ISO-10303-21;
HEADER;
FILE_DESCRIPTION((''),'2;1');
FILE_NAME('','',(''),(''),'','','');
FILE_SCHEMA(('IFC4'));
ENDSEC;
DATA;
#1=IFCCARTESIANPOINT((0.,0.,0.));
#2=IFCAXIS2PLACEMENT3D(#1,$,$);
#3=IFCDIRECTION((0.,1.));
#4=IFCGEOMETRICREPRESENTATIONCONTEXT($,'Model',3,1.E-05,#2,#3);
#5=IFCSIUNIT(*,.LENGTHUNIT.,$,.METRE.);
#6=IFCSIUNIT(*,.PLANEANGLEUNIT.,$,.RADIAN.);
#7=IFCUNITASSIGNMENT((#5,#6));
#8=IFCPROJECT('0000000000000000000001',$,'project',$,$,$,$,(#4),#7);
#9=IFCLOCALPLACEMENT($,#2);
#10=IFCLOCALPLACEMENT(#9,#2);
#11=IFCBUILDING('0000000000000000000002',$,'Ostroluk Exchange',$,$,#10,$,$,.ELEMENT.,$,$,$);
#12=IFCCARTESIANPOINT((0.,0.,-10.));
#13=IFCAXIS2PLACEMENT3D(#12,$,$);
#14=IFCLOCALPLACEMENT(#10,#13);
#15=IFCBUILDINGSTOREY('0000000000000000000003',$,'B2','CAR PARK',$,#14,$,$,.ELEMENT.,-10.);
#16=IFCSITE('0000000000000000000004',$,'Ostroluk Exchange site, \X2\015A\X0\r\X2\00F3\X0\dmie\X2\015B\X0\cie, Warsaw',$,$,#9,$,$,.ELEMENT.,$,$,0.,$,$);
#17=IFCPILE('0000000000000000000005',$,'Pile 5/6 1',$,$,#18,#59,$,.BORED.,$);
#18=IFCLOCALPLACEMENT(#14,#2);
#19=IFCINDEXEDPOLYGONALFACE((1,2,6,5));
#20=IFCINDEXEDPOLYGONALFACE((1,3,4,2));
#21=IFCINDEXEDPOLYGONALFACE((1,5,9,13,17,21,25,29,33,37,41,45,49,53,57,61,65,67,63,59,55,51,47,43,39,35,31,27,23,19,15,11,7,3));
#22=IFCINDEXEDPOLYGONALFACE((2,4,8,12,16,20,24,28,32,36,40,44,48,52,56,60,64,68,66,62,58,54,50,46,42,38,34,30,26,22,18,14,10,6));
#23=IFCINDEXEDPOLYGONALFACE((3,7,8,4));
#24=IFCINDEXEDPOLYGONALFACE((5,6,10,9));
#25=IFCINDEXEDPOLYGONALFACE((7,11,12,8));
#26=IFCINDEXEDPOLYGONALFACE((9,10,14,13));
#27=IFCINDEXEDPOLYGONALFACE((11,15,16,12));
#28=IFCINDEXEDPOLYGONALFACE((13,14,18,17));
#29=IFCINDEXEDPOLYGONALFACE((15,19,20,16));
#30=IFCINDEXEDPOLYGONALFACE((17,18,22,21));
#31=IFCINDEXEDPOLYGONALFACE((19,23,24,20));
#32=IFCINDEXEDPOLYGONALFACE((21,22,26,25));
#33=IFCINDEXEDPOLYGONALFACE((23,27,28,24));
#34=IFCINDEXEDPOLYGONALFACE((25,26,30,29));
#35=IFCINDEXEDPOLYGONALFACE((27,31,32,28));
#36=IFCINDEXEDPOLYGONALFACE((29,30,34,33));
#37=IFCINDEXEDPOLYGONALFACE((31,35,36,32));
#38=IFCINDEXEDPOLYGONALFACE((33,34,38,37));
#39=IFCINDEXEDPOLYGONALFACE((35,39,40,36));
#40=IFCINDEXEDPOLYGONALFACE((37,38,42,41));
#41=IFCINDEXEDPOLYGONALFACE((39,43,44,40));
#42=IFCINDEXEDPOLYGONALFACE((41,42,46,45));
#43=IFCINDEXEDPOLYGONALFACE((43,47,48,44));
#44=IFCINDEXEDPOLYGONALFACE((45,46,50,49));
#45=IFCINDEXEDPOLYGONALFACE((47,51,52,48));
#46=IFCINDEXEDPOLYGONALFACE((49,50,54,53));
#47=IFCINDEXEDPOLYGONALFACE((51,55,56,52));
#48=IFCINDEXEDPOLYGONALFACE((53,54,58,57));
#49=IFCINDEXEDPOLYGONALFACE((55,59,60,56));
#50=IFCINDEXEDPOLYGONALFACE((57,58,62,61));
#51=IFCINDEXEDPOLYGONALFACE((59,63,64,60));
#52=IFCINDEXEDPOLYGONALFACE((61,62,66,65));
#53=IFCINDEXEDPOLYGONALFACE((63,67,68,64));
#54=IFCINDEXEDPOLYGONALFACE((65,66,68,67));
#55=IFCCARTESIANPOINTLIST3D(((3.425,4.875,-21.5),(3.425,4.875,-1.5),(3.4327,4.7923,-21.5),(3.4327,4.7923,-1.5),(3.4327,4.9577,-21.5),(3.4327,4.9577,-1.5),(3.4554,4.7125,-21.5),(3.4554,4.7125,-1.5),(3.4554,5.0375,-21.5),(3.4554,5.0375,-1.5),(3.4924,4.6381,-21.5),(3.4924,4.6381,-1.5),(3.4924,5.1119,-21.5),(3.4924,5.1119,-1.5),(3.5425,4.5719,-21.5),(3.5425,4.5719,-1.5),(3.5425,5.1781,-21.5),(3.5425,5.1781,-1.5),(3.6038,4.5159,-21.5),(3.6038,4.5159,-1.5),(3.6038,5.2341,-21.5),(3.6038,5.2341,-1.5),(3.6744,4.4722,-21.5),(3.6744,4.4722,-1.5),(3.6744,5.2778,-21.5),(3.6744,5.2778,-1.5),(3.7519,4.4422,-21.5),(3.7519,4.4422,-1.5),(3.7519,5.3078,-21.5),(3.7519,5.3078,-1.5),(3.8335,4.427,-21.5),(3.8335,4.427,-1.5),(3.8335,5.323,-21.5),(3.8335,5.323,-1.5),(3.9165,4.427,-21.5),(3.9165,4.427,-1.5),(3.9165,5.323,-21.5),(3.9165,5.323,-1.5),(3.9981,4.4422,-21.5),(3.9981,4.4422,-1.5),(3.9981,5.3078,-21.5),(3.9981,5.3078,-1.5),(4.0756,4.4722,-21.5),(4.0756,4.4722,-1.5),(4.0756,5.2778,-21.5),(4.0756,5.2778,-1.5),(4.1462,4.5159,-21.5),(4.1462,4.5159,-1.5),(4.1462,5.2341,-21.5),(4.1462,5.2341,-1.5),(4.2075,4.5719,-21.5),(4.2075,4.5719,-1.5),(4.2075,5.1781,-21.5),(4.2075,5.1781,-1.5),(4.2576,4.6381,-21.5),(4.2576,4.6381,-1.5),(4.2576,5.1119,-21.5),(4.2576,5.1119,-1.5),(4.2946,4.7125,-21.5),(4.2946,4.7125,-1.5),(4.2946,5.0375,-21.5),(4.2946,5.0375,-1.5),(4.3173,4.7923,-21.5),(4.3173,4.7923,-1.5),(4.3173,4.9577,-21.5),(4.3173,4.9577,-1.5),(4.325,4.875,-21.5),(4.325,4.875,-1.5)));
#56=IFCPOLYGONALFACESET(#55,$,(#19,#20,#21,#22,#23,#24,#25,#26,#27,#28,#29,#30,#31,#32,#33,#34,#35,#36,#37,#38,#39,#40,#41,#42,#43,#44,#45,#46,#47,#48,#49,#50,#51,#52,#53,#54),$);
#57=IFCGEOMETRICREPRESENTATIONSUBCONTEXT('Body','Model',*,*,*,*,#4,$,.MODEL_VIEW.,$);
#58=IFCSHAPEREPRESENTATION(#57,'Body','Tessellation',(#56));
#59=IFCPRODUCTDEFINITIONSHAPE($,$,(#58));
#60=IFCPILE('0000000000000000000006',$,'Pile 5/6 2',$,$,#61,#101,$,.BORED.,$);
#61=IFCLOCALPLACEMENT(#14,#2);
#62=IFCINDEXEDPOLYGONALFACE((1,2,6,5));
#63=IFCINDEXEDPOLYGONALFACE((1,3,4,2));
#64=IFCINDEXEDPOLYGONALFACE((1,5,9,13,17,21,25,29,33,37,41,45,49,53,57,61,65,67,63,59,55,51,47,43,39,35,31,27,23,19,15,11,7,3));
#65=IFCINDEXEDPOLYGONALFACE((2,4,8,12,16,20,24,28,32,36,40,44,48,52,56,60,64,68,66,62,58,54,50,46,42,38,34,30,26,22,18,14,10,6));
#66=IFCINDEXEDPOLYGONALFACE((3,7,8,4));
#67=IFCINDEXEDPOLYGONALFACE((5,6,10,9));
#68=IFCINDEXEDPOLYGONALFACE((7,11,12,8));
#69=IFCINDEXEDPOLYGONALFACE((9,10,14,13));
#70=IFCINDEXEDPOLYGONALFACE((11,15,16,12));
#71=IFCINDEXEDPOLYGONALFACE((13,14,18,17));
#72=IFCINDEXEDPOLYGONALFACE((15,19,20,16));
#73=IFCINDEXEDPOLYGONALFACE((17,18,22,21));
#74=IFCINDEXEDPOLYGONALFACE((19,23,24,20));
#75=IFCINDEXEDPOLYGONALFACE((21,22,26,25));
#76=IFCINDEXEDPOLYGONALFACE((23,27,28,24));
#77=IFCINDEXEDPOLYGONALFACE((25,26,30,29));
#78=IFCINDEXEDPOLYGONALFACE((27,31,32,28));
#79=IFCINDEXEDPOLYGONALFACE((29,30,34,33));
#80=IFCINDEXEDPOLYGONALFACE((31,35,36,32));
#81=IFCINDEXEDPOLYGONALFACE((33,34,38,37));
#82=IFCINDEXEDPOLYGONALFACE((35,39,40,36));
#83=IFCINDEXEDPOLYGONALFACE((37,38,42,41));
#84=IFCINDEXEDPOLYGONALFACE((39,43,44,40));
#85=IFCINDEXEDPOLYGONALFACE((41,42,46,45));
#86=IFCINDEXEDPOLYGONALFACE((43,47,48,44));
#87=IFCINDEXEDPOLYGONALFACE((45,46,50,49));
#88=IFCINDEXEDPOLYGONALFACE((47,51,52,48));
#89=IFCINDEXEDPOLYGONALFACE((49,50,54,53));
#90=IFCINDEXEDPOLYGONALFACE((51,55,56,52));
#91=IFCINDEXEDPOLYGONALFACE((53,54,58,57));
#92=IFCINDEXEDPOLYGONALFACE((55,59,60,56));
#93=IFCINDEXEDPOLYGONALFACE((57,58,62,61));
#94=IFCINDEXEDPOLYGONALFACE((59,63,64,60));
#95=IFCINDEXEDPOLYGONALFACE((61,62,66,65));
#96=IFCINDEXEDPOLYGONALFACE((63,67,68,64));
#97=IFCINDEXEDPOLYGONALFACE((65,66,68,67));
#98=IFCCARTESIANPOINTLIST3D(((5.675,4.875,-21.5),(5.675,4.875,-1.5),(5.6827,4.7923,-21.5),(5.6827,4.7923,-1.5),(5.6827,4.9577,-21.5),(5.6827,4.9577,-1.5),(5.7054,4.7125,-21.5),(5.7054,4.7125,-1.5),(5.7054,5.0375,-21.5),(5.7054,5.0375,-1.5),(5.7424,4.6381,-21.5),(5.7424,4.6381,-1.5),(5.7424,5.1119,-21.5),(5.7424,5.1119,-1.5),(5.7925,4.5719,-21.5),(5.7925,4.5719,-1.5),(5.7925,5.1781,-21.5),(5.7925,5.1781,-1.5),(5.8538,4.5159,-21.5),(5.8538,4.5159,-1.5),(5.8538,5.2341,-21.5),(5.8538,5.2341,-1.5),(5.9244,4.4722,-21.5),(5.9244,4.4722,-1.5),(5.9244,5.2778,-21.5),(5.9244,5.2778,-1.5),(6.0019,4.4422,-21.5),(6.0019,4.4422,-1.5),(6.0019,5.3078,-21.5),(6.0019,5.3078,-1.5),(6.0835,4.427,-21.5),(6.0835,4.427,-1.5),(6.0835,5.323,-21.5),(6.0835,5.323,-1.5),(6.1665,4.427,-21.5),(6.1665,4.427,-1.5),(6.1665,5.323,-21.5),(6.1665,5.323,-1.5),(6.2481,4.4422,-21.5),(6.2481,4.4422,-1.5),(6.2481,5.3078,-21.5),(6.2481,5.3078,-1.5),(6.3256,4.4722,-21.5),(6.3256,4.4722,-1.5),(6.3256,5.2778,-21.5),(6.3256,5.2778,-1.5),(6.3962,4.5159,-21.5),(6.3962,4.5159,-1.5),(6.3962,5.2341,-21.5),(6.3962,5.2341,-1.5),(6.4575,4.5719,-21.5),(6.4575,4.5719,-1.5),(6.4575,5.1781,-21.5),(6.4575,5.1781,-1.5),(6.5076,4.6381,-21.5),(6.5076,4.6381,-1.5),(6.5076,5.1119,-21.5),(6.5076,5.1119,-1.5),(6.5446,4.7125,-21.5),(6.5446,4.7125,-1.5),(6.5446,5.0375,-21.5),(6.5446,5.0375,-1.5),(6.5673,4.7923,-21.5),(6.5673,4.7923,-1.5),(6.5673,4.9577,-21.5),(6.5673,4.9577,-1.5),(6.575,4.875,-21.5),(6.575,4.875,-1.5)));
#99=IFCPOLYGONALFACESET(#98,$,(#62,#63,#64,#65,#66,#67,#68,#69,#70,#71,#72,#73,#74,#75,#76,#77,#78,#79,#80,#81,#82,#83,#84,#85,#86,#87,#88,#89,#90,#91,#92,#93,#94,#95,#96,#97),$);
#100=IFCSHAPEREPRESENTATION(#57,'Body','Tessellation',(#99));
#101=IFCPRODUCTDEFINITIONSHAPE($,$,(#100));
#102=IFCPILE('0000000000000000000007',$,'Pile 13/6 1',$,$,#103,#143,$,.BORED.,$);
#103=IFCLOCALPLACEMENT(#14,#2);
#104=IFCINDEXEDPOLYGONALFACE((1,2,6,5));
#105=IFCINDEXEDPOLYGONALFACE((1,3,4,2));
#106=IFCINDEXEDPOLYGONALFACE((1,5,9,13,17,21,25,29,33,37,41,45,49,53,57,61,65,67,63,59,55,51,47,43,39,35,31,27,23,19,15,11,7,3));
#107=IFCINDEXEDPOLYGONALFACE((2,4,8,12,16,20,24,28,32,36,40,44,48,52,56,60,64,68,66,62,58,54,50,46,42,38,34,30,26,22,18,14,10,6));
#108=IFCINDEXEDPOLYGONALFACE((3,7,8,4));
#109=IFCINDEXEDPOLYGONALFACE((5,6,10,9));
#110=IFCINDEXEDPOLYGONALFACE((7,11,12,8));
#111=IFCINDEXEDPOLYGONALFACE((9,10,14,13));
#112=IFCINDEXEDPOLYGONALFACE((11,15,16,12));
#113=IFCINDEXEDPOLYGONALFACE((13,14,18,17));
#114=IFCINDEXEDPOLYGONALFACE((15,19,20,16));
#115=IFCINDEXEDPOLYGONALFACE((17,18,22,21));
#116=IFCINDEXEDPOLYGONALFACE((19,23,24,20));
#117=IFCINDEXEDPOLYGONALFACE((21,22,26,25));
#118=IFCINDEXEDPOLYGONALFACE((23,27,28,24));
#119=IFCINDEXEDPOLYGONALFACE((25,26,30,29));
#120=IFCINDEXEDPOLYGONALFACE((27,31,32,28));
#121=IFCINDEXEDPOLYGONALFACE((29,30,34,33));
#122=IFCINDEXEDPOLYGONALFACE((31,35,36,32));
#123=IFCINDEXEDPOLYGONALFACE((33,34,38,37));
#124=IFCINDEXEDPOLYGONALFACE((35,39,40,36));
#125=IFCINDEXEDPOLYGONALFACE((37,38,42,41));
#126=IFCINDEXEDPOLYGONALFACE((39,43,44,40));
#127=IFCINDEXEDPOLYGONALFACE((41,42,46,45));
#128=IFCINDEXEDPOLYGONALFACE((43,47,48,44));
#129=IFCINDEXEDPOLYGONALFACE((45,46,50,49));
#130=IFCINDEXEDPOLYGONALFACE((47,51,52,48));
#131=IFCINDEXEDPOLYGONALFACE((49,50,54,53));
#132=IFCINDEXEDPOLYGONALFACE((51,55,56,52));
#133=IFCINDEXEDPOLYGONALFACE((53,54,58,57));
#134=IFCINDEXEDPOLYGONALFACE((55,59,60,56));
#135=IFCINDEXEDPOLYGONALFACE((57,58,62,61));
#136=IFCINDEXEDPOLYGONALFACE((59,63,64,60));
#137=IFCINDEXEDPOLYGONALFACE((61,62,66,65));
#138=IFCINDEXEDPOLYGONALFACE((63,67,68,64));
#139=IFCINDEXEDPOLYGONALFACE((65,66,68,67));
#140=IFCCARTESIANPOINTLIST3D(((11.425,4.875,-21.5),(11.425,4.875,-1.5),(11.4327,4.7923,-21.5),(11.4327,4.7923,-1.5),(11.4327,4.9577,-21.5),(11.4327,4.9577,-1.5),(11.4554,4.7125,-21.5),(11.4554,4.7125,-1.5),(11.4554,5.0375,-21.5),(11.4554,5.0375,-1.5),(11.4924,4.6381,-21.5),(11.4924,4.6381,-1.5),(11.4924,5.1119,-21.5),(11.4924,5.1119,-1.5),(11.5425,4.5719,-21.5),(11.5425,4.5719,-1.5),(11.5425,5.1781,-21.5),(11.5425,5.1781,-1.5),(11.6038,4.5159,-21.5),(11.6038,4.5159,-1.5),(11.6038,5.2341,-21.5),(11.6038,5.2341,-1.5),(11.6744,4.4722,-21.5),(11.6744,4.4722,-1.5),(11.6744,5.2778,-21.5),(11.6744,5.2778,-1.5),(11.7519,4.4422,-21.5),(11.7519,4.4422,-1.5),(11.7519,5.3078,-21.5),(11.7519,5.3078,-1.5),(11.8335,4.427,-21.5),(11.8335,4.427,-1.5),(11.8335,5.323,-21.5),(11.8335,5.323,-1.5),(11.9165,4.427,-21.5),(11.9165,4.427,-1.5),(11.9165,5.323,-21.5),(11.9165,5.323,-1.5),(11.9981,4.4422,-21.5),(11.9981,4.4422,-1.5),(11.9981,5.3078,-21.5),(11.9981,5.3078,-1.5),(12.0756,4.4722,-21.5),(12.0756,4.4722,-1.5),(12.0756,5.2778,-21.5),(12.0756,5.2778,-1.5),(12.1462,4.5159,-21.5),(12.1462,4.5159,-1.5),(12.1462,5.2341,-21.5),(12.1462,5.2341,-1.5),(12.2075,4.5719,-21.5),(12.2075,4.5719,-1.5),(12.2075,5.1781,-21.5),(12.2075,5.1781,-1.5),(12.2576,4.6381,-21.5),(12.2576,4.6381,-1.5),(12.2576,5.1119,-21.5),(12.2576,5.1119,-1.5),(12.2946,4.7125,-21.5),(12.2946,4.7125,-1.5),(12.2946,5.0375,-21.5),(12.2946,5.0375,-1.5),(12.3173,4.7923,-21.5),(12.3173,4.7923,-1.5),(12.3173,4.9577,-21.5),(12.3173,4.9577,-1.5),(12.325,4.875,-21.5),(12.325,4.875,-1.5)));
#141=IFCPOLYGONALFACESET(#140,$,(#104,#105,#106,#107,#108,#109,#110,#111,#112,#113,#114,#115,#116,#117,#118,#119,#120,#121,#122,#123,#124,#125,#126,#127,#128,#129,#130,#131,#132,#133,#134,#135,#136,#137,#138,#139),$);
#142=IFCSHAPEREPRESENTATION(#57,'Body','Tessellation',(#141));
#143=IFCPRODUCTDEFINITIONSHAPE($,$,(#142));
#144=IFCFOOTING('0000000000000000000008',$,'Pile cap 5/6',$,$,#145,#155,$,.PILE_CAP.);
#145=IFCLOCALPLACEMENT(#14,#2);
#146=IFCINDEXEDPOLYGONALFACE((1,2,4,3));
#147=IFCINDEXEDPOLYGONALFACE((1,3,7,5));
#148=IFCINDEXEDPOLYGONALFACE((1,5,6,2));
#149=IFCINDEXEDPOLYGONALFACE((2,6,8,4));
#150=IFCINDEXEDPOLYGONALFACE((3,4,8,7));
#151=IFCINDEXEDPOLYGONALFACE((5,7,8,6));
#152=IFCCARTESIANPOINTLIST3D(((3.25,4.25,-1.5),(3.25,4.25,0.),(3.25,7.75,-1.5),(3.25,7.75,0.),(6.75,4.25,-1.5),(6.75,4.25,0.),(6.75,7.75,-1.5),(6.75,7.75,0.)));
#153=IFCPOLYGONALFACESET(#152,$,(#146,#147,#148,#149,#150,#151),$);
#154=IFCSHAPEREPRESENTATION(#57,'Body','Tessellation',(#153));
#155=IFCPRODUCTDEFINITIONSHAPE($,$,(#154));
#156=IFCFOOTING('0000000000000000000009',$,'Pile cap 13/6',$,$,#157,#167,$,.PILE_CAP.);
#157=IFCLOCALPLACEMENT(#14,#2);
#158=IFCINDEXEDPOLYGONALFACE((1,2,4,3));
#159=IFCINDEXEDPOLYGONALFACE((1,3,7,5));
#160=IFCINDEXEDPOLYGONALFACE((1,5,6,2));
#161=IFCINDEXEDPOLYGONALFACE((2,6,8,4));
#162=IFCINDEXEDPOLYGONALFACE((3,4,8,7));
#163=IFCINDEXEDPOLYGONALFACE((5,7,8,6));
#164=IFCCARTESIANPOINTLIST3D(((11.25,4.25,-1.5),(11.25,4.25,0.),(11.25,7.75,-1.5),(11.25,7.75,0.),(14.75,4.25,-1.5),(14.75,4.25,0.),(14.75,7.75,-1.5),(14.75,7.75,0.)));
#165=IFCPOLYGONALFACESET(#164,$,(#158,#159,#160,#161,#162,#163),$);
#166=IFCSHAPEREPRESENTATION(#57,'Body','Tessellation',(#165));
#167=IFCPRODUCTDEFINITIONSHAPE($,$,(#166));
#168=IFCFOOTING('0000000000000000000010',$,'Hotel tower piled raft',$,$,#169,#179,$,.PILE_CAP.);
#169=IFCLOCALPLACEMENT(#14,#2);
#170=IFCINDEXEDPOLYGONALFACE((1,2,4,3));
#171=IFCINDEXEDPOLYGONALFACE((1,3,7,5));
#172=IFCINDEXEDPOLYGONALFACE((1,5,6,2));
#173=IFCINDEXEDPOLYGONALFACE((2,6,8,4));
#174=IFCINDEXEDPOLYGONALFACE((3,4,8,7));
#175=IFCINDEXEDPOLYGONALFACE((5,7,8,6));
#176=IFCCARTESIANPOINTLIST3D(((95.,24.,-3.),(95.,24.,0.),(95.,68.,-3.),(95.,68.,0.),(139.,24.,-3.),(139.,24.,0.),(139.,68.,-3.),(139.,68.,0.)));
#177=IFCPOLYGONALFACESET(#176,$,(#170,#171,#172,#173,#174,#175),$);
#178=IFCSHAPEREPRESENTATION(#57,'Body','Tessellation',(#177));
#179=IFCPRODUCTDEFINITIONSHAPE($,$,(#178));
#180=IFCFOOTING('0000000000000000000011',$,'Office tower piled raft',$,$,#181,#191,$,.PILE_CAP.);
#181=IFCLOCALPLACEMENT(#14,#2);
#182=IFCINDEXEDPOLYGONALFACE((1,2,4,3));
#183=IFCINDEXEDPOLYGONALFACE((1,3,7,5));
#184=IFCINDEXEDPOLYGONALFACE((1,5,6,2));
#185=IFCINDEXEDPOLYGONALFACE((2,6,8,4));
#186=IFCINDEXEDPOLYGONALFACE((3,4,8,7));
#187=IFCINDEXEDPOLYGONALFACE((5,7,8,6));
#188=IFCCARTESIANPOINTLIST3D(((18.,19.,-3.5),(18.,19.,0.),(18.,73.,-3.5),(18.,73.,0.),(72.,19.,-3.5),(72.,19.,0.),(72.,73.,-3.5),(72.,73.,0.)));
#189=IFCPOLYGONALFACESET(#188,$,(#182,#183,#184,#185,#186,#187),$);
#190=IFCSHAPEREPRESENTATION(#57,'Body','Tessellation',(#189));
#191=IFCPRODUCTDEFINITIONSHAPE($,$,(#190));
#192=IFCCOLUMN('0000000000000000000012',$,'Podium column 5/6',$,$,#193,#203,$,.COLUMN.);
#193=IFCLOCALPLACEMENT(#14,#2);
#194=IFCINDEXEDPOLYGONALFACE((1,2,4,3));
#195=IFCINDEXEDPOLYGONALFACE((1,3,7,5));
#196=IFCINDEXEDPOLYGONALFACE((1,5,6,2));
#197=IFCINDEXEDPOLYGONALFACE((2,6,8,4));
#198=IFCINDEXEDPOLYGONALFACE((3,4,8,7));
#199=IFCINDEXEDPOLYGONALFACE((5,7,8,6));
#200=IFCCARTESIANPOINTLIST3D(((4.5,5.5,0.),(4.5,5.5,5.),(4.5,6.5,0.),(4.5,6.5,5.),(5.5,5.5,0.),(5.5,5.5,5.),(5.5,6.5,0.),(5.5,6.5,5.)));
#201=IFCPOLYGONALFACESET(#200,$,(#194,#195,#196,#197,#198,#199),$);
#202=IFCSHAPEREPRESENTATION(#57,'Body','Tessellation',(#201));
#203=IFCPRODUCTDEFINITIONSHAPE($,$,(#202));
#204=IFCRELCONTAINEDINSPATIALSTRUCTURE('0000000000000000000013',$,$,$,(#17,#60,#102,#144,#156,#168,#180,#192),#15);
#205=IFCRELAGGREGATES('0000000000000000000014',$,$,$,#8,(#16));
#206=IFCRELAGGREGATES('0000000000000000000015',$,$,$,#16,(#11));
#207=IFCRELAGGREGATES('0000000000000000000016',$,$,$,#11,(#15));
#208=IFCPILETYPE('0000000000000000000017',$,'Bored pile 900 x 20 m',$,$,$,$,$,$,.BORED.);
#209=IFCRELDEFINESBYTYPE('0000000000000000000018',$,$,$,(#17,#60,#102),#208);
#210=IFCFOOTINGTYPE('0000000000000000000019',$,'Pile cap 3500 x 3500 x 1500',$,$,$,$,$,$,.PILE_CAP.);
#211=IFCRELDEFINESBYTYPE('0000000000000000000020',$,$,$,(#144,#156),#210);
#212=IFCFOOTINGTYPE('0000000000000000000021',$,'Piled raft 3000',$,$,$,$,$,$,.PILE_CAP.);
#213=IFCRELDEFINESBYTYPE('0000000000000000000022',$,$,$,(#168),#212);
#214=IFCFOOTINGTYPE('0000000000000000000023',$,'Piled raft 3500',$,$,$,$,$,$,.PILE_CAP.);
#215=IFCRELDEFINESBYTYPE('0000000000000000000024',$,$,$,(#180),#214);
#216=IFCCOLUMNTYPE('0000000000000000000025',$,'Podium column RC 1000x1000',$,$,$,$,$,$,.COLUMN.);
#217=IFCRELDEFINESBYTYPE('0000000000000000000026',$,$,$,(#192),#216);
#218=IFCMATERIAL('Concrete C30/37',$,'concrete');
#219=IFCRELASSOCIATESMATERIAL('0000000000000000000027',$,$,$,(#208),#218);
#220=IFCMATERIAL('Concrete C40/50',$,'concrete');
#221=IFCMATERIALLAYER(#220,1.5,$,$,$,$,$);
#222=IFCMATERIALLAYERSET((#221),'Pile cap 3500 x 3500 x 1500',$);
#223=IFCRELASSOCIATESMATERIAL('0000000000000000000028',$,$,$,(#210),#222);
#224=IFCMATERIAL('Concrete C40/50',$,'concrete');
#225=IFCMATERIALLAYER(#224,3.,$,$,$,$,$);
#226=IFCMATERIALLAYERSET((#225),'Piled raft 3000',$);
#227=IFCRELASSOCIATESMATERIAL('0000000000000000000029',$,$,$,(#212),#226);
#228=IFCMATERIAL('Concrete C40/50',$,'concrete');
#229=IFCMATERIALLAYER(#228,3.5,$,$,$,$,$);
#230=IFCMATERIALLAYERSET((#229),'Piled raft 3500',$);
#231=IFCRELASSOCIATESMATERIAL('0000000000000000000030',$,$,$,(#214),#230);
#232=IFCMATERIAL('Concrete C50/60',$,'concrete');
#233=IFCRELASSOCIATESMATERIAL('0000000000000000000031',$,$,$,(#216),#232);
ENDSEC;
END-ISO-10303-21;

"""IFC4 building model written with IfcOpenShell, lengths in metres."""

from ifc_helpers import new_model, si_unit, direction, frame, origin, origin_2d, place, context, subcontext, project, spatial, polyline, rectangle, circle, outline, extrude, material, layer, layer_set, material_profile, profile_set, type_object, element, save


model = new_model("IFC4")

# Units and contexts
model_context = context("Model", 3, precision=1e-05, world=origin(), true_north=direction((0.0, 1.0)))
body_context = subcontext(model_context, "Body", "Model", "MODEL_VIEW")
ifc_project = project(units=[si_unit("LENGTHUNIT", "METRE"), si_unit("PLANEANGLEUNIT", "RADIAN")], contexts=[model_context])

# Site, building, storey
site_placement = place(None, origin())
site = spatial("IfcSite", under=ifc_project, at=site_placement, Name="Ostroluk Exchange site, Śródmieście, Warsaw", CompositionType="ELEMENT", RefElevation=0.0)
building_placement = place(site_placement, origin())
building = spatial("IfcBuilding", under=site, at=building_placement, Name="Ostroluk Exchange", CompositionType="ELEMENT")
storey_placement = place(building_placement, frame((0.0, 0.0, -10.0)))
storey = spatial("IfcBuildingStorey", under=building, at=storey_placement, Name="B2", Description="CAR PARK", CompositionType="ELEMENT", Elevation=-10.0)

# Piles
ifc_material_1 = material(Name="Concrete C30/37", Category="concrete")
pile_type = type_object("IfcPileType", Name="Bored pile 900 x 20 m", PredefinedType="BORED", material=ifc_material_1)
for number, where, z_axis, x_axis, name in (
    (1, (3.875, 4.875, -1.5), (0.0, 0.0, -1.0), (1.0, 0.0, 0.0), "Pile 5/6 1"),
    (2, (6.125, 4.875, -1.5), (0.0, 0.0, -1.0), (1.0, 0.0, 0.0), "Pile 5/6 2"),
    (3, (11.875, 4.875, -1.5), (0.0, 0.0, -1.0), (1.0, 0.0, 0.0), "Pile 13/6 1"),
):
    element("IfcPile", number, at=place(storey_placement, frame(where, z_axis=z_axis, x_axis=x_axis)), inside=storey, type_object=pile_type, Name=name, PredefinedType="BORED", context=body_context, shape_type="SweptSolid", body=[
        extrude(circle(Radius=0.45, at=origin_2d()), origin(), (0.0, 0.0, 1.0), 20.0),
    ])

# Footings
ifc_material_2 = material(Name="Concrete C40/50", Category="concrete")
ifc_layer_1 = layer(ifc_material_2, 1.5)
ifc_layer_set_1 = layer_set([ifc_layer_1], Name="Pile cap 3500 x 3500 x 1500")
footing_type_1 = type_object("IfcFootingType", Name="Pile cap 3500 x 3500 x 1500", PredefinedType="PILE_CAP", material=ifc_layer_set_1)
for number, where, z_axis, x_axis, name in (
    (4, (5.0, 6.0, -1.5), (0.0, 0.0, 1.0), (1.0, 0.0, 0.0), "Pile cap 5/6"),
    (5, (13.0, 6.0, -1.5), (0.0, 0.0, 1.0), (1.0, 0.0, 0.0), "Pile cap 13/6"),
):
    element("IfcFooting", number, at=place(storey_placement, frame(where, z_axis=z_axis, x_axis=x_axis)), inside=storey, type_object=footing_type_1, Name=name, PredefinedType="PILE_CAP", context=body_context, shape_type="SweptSolid", body=[
        extrude(rectangle(XDim=3.5, YDim=3.5, at=origin_2d()), origin(), (0.0, 0.0, 1.0), 1.5),
    ])
ifc_material_3 = material(Name="Concrete C40/50", Category="concrete")
ifc_layer_2 = layer(ifc_material_3, 3.0)
ifc_layer_set_2 = layer_set([ifc_layer_2], Name="Piled raft 3000")
footing_type_2 = type_object("IfcFootingType", Name="Piled raft 3000", PredefinedType="PILE_CAP", material=ifc_layer_set_2)
footing_1_placement = place(storey_placement, frame((0.0, 0.0, -3.0)))
element("IfcFooting", 6, at=footing_1_placement, inside=storey, type_object=footing_type_2, Name="Hotel tower piled raft", PredefinedType="PILE_CAP", context=body_context, shape_type="SweptSolid", body=[
    extrude(outline(polyline([(95.0, 24.0), (139.0, 24.0), (139.0, 68.0), (95.0, 68.0), (95.0, 24.0)])), origin(), (0.0, 0.0, 1.0), 3.0),
])
ifc_material_4 = material(Name="Concrete C40/50", Category="concrete")
ifc_layer_3 = layer(ifc_material_4, 3.5)
ifc_layer_set_3 = layer_set([ifc_layer_3], Name="Piled raft 3500")
footing_type_3 = type_object("IfcFootingType", Name="Piled raft 3500", PredefinedType="PILE_CAP", material=ifc_layer_set_3)
footing_2_placement = place(storey_placement, frame((0.0, 0.0, -3.5)))
element("IfcFooting", 7, at=footing_2_placement, inside=storey, type_object=footing_type_3, Name="Office tower piled raft", PredefinedType="PILE_CAP", context=body_context, shape_type="SweptSolid", body=[
    extrude(outline(polyline([(18.0, 19.0), (72.0, 19.0), (72.0, 73.0), (18.0, 73.0), (18.0, 19.0)])), origin(), (0.0, 0.0, 1.0), 3.5),
])

# Column
ifc_material_5 = material(Name="Concrete C50/60", Category="concrete")
ifc_material_profile = material_profile(ifc_material_5, rectangle(XDim=1.0, YDim=1.0, at=origin_2d()), Name="RC 1000x1000")
ifc_profile_set = profile_set([ifc_material_profile], Name="Concrete C50/60")
column_type = type_object("IfcColumnType", Name="Podium column RC 1000x1000", PredefinedType="COLUMN", material=ifc_profile_set)
column_placement = place(storey_placement, frame((5.0, 6.0, 0.0), z_axis=(0.0, 0.0, 1.0), x_axis=(1.0, 0.0, 0.0)))
element("IfcColumn", 8, at=column_placement, inside=storey, type_object=column_type, Name="Podium column 5/6", PredefinedType="COLUMN", context=body_context, shape_type="SweptSolid", body=[
    extrude(rectangle(XDim=1.0, YDim=1.0, at=origin_2d()), origin(), (0.0, 0.0, 1.0), 5.0),
])

save(model, "model.ifc")
